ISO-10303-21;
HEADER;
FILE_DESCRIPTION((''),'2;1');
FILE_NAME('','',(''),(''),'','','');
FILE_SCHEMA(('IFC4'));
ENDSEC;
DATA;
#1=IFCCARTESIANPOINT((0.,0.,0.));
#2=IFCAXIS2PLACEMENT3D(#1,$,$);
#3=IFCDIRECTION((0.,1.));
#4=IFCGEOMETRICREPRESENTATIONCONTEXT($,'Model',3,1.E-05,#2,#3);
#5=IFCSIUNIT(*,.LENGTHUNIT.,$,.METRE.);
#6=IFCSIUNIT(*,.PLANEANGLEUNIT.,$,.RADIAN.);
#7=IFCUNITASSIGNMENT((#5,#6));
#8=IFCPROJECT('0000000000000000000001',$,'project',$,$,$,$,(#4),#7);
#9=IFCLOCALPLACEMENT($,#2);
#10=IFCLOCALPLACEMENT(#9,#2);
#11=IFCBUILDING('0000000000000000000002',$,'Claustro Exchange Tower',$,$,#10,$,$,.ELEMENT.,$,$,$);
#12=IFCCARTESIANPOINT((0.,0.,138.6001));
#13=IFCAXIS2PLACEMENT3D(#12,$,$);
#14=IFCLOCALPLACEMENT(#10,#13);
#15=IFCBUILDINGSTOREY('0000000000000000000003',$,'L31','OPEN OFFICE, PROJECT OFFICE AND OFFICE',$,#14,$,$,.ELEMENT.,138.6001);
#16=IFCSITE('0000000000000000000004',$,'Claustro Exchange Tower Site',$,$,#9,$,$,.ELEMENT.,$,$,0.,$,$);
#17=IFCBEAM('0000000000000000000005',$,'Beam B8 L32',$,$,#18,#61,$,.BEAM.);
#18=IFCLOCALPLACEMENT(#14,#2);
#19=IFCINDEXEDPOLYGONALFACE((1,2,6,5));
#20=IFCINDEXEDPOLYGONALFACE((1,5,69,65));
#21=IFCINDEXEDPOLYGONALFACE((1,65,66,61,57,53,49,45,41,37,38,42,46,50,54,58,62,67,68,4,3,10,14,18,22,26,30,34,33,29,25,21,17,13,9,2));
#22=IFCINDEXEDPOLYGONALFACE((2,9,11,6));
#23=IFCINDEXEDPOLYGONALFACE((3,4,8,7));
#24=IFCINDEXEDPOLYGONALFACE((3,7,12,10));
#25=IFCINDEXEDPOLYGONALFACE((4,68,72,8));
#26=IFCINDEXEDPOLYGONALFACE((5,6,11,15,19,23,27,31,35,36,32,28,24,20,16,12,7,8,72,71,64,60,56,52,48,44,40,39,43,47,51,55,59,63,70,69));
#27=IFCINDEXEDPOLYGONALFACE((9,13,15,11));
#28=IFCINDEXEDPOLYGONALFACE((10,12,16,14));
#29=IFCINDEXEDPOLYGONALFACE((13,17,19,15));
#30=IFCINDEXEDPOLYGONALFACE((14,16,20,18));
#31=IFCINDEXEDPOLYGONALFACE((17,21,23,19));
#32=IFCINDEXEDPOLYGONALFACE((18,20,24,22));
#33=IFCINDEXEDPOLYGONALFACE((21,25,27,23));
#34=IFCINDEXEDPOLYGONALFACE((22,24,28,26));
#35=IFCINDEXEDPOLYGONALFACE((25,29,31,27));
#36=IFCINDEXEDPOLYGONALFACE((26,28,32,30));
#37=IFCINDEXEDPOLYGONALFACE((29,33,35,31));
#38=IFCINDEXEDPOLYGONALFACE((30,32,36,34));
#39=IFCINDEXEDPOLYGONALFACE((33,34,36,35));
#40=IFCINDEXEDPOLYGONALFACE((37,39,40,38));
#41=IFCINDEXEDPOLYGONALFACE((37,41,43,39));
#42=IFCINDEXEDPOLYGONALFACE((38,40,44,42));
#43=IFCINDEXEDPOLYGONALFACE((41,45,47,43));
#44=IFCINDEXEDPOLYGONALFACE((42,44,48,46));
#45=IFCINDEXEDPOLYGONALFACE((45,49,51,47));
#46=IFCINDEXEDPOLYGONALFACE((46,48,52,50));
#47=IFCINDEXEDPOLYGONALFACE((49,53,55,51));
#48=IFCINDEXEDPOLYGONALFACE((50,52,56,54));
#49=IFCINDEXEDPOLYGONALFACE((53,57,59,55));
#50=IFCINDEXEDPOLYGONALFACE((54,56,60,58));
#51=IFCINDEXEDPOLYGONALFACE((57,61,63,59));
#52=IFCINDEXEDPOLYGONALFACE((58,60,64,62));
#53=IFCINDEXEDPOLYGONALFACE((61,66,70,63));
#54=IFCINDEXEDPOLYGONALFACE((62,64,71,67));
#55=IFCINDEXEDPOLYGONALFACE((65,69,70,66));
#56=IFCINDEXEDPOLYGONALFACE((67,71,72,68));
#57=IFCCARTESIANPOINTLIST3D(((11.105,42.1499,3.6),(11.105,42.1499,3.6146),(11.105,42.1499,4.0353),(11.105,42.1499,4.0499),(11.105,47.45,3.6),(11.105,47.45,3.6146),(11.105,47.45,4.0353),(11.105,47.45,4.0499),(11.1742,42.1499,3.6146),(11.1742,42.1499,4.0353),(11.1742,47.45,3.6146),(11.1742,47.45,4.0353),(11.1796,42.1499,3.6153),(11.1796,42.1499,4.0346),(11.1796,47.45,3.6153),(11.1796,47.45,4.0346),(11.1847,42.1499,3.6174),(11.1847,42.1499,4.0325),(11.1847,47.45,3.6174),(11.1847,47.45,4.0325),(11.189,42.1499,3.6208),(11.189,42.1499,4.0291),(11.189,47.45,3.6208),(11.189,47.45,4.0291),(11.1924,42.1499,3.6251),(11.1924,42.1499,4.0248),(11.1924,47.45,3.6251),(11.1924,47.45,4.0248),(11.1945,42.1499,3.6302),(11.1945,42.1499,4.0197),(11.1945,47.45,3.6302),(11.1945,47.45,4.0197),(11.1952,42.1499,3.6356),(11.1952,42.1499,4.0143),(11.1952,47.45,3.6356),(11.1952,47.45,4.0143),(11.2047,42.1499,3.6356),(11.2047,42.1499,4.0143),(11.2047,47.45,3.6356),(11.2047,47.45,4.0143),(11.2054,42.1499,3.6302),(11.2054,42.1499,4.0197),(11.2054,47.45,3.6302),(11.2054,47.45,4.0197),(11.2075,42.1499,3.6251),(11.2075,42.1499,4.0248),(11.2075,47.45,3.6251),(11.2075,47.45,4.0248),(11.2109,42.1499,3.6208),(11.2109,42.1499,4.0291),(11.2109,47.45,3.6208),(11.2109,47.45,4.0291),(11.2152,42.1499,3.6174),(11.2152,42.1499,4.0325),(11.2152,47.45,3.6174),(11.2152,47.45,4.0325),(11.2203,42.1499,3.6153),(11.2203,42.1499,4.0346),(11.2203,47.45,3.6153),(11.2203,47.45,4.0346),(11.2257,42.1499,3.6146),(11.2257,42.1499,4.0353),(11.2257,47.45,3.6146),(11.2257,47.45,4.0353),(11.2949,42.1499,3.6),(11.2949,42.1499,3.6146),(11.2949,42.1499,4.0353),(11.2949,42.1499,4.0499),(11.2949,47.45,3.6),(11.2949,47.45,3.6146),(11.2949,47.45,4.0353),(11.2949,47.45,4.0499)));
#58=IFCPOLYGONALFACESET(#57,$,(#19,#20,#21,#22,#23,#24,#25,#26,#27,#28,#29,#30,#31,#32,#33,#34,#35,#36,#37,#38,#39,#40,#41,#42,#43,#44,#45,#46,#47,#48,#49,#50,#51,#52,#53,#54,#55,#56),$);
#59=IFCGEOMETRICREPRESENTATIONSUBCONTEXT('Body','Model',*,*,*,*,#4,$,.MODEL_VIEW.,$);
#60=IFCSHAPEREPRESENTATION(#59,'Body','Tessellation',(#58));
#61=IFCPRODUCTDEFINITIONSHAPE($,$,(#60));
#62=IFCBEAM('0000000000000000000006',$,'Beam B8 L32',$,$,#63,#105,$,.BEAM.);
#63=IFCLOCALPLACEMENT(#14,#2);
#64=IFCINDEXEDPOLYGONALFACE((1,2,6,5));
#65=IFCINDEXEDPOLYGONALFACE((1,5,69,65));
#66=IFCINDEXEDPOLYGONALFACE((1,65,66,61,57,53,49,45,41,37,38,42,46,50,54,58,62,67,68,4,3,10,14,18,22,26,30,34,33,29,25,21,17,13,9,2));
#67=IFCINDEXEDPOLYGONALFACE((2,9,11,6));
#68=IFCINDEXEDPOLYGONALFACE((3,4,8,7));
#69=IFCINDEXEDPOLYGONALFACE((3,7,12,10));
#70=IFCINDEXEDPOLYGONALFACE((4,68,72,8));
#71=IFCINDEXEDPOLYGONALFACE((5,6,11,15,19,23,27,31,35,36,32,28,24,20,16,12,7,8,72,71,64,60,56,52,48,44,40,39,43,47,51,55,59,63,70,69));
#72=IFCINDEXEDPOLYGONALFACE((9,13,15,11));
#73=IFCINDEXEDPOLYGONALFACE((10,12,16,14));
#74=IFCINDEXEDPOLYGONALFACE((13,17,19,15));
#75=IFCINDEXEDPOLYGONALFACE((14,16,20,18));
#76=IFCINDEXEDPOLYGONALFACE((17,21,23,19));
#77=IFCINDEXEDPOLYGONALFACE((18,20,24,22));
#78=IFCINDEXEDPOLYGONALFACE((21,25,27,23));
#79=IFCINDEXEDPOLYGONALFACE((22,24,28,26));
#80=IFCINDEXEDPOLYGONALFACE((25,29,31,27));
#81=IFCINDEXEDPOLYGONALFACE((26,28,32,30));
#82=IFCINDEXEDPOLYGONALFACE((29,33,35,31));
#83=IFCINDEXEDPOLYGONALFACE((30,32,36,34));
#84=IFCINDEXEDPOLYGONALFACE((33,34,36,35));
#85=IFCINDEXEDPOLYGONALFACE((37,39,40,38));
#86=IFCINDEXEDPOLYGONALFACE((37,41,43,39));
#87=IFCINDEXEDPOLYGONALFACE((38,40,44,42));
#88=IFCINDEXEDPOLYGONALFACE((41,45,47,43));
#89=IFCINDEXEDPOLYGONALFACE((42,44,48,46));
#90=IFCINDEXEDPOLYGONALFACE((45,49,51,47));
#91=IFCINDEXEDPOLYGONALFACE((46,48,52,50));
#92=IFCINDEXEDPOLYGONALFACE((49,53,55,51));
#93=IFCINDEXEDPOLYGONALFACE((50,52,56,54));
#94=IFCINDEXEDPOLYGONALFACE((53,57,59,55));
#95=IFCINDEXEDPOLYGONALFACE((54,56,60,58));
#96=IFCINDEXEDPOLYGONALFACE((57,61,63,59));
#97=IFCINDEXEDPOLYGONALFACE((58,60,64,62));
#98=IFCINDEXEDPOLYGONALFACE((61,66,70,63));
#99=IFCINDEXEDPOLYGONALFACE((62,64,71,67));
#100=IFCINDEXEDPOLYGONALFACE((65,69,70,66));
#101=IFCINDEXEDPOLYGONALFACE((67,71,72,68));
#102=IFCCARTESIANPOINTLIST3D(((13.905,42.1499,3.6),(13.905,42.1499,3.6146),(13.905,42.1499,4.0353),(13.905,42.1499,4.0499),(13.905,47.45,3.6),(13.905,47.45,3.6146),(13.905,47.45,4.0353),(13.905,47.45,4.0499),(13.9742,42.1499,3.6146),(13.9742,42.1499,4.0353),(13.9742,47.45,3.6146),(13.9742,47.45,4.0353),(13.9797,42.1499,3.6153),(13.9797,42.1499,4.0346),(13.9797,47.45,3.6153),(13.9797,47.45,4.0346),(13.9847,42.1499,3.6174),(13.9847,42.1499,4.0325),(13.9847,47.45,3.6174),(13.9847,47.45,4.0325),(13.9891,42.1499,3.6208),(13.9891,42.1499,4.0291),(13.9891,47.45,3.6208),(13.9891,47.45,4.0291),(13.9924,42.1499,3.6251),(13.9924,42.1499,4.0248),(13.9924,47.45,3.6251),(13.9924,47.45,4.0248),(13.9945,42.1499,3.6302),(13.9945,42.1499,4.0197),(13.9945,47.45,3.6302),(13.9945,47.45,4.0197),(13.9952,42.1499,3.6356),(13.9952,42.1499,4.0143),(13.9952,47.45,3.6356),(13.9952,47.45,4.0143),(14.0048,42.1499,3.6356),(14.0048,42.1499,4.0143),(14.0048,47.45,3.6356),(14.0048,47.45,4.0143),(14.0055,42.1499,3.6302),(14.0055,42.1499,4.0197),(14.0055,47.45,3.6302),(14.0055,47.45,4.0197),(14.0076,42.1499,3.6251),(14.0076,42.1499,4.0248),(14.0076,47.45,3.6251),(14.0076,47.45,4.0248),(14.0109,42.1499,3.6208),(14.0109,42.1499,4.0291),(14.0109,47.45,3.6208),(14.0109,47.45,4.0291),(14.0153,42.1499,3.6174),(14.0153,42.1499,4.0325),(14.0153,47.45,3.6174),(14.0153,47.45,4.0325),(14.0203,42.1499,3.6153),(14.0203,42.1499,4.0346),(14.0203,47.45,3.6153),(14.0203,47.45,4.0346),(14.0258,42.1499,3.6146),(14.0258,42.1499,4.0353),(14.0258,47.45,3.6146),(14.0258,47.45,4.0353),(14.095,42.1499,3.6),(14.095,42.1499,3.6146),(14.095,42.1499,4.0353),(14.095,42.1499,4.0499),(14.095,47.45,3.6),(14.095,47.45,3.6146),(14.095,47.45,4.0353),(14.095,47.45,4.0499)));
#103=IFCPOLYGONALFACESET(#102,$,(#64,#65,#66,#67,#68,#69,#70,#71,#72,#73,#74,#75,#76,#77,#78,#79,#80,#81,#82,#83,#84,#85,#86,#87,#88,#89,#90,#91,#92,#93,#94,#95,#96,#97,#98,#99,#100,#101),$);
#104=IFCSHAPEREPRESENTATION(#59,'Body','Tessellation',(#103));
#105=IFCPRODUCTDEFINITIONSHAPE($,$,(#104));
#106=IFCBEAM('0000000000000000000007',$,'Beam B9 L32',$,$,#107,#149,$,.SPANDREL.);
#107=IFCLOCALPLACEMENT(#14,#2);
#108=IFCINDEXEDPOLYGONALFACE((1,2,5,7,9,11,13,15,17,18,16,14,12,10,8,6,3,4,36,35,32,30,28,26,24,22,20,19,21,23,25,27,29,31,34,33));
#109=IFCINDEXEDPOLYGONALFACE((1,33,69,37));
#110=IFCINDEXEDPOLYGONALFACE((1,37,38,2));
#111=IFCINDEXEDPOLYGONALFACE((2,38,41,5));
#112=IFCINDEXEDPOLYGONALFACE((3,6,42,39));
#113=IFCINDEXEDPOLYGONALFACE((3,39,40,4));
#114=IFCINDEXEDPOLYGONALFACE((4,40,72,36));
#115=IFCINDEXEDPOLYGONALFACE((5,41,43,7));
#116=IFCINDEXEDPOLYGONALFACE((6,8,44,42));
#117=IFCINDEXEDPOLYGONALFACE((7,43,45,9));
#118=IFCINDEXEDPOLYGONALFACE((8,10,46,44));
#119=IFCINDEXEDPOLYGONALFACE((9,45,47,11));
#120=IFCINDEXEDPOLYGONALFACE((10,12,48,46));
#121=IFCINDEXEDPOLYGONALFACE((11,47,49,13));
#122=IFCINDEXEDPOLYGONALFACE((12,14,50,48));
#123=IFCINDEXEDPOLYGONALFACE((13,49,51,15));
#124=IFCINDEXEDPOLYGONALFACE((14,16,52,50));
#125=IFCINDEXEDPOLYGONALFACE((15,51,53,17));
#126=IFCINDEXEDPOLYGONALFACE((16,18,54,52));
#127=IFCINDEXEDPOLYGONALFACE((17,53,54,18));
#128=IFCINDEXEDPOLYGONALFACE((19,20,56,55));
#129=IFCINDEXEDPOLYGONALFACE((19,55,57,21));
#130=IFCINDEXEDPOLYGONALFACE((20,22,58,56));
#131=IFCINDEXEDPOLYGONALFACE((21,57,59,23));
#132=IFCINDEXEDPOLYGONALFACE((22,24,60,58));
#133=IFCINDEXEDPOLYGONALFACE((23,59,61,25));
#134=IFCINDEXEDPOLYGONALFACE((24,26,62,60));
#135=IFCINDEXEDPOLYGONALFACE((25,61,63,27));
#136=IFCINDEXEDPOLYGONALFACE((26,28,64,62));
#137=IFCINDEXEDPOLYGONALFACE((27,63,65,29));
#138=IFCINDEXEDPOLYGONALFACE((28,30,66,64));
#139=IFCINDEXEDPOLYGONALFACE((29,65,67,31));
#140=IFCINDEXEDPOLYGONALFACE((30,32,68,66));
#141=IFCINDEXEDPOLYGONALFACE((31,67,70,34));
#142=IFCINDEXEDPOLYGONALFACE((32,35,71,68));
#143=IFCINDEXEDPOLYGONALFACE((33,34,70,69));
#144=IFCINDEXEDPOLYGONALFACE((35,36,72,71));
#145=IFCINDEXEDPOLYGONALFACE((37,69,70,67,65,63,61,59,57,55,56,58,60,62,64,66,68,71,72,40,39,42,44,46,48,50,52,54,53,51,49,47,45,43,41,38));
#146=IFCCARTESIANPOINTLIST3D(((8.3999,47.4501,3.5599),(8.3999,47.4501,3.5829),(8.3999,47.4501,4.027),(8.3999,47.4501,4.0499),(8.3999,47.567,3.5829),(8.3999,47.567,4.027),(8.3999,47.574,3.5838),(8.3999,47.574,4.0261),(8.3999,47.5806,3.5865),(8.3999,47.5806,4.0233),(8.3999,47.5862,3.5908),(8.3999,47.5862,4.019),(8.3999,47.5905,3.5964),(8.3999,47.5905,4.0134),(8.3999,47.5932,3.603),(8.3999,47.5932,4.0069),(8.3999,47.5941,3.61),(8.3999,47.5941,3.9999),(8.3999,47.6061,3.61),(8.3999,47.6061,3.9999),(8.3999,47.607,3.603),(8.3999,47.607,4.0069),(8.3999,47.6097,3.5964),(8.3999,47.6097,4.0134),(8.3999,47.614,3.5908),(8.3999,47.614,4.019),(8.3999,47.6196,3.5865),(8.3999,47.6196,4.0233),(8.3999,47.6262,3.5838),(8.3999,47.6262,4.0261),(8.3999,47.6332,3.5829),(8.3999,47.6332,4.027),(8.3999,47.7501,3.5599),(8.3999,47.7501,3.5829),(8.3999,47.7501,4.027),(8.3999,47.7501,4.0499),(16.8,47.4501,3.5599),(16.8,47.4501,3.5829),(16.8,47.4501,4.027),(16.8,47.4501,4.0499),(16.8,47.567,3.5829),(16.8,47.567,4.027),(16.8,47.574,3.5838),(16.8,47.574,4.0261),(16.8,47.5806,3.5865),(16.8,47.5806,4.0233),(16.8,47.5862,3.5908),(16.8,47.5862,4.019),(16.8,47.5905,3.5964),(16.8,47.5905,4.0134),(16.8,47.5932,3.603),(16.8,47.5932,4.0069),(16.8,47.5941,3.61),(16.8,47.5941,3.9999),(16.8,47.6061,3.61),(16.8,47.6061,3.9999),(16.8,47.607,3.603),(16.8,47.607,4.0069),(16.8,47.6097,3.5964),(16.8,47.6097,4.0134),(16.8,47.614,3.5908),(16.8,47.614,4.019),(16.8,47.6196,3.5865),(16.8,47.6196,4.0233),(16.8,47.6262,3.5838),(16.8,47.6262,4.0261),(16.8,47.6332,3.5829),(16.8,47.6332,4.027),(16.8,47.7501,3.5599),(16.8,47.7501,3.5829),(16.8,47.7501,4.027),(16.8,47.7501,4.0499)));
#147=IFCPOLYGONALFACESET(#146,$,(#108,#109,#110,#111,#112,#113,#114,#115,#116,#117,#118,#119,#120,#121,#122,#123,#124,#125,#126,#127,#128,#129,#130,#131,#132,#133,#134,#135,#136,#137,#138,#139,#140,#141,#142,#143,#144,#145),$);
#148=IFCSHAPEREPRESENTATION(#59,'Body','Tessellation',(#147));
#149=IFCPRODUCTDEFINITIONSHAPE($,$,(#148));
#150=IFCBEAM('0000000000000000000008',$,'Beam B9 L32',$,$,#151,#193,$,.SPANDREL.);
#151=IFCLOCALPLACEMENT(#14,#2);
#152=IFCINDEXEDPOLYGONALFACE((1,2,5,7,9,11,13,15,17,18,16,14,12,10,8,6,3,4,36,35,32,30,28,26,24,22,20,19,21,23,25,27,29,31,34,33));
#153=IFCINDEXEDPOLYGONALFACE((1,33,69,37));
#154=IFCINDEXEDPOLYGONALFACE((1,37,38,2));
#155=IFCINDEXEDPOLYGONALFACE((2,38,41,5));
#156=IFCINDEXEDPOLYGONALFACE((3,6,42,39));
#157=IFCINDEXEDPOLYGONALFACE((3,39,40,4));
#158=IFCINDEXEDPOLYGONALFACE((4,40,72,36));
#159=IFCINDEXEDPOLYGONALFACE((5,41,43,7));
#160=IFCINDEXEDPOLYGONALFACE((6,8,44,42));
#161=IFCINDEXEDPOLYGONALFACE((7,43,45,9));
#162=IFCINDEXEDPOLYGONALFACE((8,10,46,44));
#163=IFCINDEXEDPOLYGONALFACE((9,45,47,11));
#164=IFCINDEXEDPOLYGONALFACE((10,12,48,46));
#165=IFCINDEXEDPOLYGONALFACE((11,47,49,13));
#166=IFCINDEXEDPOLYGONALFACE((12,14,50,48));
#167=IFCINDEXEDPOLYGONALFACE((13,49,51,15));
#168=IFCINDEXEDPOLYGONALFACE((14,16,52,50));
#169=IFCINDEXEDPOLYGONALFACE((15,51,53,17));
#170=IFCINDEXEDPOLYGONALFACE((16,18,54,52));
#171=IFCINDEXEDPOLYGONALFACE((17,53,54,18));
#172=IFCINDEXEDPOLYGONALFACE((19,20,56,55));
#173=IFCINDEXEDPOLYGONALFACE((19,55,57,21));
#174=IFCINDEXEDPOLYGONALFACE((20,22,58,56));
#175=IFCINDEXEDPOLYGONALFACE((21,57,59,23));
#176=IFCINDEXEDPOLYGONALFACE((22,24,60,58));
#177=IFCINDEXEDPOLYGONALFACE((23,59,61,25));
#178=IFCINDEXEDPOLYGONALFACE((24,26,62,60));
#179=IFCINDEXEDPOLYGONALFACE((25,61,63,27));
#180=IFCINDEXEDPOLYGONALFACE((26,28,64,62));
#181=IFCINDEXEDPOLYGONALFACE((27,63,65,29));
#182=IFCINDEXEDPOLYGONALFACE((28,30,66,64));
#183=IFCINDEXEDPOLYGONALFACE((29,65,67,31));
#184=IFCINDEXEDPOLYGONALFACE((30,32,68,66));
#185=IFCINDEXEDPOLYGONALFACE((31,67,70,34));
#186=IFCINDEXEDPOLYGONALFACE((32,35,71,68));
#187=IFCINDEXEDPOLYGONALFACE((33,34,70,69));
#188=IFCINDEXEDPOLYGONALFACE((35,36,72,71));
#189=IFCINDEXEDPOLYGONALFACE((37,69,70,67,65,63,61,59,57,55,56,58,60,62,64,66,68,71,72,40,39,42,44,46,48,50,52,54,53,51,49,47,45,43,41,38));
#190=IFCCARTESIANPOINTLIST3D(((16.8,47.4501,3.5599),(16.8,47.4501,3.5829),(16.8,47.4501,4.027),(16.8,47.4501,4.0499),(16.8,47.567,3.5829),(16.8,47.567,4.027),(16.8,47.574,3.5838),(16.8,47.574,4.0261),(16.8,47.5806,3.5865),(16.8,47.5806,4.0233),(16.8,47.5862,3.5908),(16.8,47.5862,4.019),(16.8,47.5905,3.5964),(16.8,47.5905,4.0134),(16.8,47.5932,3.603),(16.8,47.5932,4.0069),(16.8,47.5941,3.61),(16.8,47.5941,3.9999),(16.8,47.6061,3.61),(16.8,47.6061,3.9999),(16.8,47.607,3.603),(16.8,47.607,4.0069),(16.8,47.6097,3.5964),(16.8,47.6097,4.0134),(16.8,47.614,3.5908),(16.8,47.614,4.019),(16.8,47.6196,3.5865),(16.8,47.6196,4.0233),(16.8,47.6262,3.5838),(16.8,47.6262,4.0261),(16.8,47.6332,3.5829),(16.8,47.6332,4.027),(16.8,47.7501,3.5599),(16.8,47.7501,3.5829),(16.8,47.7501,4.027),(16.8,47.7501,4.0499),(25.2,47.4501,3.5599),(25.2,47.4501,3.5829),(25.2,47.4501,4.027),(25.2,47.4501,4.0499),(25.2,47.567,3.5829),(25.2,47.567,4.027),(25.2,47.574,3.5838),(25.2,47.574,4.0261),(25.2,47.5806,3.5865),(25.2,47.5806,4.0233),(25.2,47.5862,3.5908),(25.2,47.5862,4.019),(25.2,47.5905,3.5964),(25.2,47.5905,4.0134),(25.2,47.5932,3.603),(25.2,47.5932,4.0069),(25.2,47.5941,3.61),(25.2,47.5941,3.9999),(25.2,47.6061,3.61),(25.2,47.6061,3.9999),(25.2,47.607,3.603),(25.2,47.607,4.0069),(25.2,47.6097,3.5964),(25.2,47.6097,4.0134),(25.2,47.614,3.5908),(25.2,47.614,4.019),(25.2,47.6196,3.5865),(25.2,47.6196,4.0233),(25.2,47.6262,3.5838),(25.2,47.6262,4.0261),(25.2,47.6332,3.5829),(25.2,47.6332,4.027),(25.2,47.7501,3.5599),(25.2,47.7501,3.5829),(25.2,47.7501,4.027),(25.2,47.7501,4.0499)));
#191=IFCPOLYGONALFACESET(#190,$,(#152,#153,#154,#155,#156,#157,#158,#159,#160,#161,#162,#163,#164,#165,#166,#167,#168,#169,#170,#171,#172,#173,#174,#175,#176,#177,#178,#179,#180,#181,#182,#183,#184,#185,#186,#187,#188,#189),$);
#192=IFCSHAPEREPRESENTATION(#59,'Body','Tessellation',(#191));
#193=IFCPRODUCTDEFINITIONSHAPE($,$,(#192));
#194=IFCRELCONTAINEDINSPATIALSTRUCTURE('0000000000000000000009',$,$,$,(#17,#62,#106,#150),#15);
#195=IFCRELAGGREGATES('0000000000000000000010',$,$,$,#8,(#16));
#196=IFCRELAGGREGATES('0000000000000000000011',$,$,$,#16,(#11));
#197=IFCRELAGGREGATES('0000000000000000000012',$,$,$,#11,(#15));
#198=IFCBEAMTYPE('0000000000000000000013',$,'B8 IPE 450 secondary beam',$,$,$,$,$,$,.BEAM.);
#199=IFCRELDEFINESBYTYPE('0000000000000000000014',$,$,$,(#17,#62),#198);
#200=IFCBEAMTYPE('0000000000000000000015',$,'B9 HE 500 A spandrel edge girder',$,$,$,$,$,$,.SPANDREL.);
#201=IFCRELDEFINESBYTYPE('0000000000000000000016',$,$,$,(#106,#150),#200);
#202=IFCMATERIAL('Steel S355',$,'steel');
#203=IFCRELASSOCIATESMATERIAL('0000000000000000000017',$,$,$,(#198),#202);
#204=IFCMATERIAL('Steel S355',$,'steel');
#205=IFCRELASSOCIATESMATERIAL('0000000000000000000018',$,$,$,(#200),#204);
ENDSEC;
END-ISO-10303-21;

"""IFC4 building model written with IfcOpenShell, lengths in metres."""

from ifc_helpers import new_model, si_unit, direction, frame, origin, origin_2d, place, context, subcontext, project, spatial, i_section, extrude, material, material_profile, profile_set, type_object, element, save


model = new_model("IFC4")

# Units and contexts
model_context = context("Model", 3, precision=1e-05, world=origin(), true_north=direction((0.0, 1.0)))
body_context = subcontext(model_context, "Body", "Model", "MODEL_VIEW")
ifc_project = project(units=[si_unit("LENGTHUNIT", "METRE"), si_unit("PLANEANGLEUNIT", "RADIAN")], contexts=[model_context])

# Site, building, storey
site_placement = place(None, origin())
site = spatial("IfcSite", under=ifc_project, at=site_placement, Name="Claustro Exchange Tower Site", CompositionType="ELEMENT", RefElevation=0.0)
building_placement = place(site_placement, origin())
building = spatial("IfcBuilding", under=site, at=building_placement, Name="Claustro Exchange Tower", CompositionType="ELEMENT")
storey_placement = place(building_placement, frame((0.0, 0.0, 138.6001)))
storey = spatial("IfcBuildingStorey", under=building, at=storey_placement, Name="L31", Description="OPEN OFFICE, PROJECT OFFICE AND OFFICE", CompositionType="ELEMENT", Elevation=138.6001)

# Beams
ifc_material_1 = material(Name="Steel S355", Category="steel")
ifc_material_profile_1 = material_profile(ifc_material_1, i_section(OverallWidth=0.1899, OverallDepth=0.45, WebThickness=0.0095, FlangeThickness=0.0146, FilletRadius=0.021, at=origin_2d()), Name="IPE 450")
ifc_profile_set_1 = profile_set([ifc_material_profile_1], Name="Steel S355")
beam_type_1 = type_object("IfcBeamType", Name="B8 IPE 450 secondary beam", PredefinedType="BEAM", material=ifc_profile_set_1)
for number, where, z_axis, x_axis, name in (
    (1, (11.2, 42.1499, 3.825), (0.0, 1.0, 0.0), (-1.0, 0.0, 0.0), "Beam B8 L32"),
    (2, (14.0, 42.1499, 3.825), (0.0, 1.0, 0.0), (-1.0, 0.0, 0.0), "Beam B8 L32"),
):
    element("IfcBeam", number, at=place(storey_placement, frame(where, z_axis=z_axis, x_axis=x_axis)), inside=storey, type_object=beam_type_1, Name=name, PredefinedType="BEAM", context=body_context, shape_type="SweptSolid", body=[
        extrude(i_section(OverallWidth=0.1899, OverallDepth=0.45, WebThickness=0.0095, FlangeThickness=0.0146, FilletRadius=0.021, at=origin_2d()), origin(), (0.0, 0.0, 1.0), 5.3),
    ])
ifc_material_2 = material(Name="Steel S355", Category="steel")
ifc_material_profile_2 = material_profile(ifc_material_2, i_section(OverallWidth=0.3, OverallDepth=0.49, WebThickness=0.012, FlangeThickness=0.0229, FilletRadius=0.0271, at=origin_2d()), Name="HE 500 A")
ifc_profile_set_2 = profile_set([ifc_material_profile_2], Name="Steel S355")
beam_type_2 = type_object("IfcBeamType", Name="B9 HE 500 A spandrel edge girder", PredefinedType="SPANDREL", material=ifc_profile_set_2)
beam_1_placement = place(storey_placement, frame((8.3999, 47.6001, 3.8049), z_axis=(1.0, 0.0, 0.0), x_axis=(0.0, 1.0, 0.0)))
element("IfcBeam", 3, at=beam_1_placement, inside=storey, type_object=beam_type_2, Name="Beam B9 L32", PredefinedType="SPANDREL", context=body_context, shape_type="SweptSolid", body=[
    extrude(i_section(OverallWidth=0.3, OverallDepth=0.49, WebThickness=0.012, FlangeThickness=0.0229, FilletRadius=0.0271, at=origin_2d()), origin(), (0.0, 0.0, 1.0), 8.4001),
])
beam_2_placement = place(storey_placement, frame((16.8, 47.6001, 3.8049), z_axis=(1.0, 0.0, 0.0), x_axis=(0.0, 1.0, 0.0)))
element("IfcBeam", 4, at=beam_2_placement, inside=storey, type_object=beam_type_2, Name="Beam B9 L32", PredefinedType="SPANDREL", context=body_context, shape_type="SweptSolid", body=[
    extrude(i_section(OverallWidth=0.3, OverallDepth=0.49, WebThickness=0.012, FlangeThickness=0.0229, FilletRadius=0.0271, at=origin_2d()), origin(), (0.0, 0.0, 1.0), 8.3999),
])

save(model, "model.ifc")
